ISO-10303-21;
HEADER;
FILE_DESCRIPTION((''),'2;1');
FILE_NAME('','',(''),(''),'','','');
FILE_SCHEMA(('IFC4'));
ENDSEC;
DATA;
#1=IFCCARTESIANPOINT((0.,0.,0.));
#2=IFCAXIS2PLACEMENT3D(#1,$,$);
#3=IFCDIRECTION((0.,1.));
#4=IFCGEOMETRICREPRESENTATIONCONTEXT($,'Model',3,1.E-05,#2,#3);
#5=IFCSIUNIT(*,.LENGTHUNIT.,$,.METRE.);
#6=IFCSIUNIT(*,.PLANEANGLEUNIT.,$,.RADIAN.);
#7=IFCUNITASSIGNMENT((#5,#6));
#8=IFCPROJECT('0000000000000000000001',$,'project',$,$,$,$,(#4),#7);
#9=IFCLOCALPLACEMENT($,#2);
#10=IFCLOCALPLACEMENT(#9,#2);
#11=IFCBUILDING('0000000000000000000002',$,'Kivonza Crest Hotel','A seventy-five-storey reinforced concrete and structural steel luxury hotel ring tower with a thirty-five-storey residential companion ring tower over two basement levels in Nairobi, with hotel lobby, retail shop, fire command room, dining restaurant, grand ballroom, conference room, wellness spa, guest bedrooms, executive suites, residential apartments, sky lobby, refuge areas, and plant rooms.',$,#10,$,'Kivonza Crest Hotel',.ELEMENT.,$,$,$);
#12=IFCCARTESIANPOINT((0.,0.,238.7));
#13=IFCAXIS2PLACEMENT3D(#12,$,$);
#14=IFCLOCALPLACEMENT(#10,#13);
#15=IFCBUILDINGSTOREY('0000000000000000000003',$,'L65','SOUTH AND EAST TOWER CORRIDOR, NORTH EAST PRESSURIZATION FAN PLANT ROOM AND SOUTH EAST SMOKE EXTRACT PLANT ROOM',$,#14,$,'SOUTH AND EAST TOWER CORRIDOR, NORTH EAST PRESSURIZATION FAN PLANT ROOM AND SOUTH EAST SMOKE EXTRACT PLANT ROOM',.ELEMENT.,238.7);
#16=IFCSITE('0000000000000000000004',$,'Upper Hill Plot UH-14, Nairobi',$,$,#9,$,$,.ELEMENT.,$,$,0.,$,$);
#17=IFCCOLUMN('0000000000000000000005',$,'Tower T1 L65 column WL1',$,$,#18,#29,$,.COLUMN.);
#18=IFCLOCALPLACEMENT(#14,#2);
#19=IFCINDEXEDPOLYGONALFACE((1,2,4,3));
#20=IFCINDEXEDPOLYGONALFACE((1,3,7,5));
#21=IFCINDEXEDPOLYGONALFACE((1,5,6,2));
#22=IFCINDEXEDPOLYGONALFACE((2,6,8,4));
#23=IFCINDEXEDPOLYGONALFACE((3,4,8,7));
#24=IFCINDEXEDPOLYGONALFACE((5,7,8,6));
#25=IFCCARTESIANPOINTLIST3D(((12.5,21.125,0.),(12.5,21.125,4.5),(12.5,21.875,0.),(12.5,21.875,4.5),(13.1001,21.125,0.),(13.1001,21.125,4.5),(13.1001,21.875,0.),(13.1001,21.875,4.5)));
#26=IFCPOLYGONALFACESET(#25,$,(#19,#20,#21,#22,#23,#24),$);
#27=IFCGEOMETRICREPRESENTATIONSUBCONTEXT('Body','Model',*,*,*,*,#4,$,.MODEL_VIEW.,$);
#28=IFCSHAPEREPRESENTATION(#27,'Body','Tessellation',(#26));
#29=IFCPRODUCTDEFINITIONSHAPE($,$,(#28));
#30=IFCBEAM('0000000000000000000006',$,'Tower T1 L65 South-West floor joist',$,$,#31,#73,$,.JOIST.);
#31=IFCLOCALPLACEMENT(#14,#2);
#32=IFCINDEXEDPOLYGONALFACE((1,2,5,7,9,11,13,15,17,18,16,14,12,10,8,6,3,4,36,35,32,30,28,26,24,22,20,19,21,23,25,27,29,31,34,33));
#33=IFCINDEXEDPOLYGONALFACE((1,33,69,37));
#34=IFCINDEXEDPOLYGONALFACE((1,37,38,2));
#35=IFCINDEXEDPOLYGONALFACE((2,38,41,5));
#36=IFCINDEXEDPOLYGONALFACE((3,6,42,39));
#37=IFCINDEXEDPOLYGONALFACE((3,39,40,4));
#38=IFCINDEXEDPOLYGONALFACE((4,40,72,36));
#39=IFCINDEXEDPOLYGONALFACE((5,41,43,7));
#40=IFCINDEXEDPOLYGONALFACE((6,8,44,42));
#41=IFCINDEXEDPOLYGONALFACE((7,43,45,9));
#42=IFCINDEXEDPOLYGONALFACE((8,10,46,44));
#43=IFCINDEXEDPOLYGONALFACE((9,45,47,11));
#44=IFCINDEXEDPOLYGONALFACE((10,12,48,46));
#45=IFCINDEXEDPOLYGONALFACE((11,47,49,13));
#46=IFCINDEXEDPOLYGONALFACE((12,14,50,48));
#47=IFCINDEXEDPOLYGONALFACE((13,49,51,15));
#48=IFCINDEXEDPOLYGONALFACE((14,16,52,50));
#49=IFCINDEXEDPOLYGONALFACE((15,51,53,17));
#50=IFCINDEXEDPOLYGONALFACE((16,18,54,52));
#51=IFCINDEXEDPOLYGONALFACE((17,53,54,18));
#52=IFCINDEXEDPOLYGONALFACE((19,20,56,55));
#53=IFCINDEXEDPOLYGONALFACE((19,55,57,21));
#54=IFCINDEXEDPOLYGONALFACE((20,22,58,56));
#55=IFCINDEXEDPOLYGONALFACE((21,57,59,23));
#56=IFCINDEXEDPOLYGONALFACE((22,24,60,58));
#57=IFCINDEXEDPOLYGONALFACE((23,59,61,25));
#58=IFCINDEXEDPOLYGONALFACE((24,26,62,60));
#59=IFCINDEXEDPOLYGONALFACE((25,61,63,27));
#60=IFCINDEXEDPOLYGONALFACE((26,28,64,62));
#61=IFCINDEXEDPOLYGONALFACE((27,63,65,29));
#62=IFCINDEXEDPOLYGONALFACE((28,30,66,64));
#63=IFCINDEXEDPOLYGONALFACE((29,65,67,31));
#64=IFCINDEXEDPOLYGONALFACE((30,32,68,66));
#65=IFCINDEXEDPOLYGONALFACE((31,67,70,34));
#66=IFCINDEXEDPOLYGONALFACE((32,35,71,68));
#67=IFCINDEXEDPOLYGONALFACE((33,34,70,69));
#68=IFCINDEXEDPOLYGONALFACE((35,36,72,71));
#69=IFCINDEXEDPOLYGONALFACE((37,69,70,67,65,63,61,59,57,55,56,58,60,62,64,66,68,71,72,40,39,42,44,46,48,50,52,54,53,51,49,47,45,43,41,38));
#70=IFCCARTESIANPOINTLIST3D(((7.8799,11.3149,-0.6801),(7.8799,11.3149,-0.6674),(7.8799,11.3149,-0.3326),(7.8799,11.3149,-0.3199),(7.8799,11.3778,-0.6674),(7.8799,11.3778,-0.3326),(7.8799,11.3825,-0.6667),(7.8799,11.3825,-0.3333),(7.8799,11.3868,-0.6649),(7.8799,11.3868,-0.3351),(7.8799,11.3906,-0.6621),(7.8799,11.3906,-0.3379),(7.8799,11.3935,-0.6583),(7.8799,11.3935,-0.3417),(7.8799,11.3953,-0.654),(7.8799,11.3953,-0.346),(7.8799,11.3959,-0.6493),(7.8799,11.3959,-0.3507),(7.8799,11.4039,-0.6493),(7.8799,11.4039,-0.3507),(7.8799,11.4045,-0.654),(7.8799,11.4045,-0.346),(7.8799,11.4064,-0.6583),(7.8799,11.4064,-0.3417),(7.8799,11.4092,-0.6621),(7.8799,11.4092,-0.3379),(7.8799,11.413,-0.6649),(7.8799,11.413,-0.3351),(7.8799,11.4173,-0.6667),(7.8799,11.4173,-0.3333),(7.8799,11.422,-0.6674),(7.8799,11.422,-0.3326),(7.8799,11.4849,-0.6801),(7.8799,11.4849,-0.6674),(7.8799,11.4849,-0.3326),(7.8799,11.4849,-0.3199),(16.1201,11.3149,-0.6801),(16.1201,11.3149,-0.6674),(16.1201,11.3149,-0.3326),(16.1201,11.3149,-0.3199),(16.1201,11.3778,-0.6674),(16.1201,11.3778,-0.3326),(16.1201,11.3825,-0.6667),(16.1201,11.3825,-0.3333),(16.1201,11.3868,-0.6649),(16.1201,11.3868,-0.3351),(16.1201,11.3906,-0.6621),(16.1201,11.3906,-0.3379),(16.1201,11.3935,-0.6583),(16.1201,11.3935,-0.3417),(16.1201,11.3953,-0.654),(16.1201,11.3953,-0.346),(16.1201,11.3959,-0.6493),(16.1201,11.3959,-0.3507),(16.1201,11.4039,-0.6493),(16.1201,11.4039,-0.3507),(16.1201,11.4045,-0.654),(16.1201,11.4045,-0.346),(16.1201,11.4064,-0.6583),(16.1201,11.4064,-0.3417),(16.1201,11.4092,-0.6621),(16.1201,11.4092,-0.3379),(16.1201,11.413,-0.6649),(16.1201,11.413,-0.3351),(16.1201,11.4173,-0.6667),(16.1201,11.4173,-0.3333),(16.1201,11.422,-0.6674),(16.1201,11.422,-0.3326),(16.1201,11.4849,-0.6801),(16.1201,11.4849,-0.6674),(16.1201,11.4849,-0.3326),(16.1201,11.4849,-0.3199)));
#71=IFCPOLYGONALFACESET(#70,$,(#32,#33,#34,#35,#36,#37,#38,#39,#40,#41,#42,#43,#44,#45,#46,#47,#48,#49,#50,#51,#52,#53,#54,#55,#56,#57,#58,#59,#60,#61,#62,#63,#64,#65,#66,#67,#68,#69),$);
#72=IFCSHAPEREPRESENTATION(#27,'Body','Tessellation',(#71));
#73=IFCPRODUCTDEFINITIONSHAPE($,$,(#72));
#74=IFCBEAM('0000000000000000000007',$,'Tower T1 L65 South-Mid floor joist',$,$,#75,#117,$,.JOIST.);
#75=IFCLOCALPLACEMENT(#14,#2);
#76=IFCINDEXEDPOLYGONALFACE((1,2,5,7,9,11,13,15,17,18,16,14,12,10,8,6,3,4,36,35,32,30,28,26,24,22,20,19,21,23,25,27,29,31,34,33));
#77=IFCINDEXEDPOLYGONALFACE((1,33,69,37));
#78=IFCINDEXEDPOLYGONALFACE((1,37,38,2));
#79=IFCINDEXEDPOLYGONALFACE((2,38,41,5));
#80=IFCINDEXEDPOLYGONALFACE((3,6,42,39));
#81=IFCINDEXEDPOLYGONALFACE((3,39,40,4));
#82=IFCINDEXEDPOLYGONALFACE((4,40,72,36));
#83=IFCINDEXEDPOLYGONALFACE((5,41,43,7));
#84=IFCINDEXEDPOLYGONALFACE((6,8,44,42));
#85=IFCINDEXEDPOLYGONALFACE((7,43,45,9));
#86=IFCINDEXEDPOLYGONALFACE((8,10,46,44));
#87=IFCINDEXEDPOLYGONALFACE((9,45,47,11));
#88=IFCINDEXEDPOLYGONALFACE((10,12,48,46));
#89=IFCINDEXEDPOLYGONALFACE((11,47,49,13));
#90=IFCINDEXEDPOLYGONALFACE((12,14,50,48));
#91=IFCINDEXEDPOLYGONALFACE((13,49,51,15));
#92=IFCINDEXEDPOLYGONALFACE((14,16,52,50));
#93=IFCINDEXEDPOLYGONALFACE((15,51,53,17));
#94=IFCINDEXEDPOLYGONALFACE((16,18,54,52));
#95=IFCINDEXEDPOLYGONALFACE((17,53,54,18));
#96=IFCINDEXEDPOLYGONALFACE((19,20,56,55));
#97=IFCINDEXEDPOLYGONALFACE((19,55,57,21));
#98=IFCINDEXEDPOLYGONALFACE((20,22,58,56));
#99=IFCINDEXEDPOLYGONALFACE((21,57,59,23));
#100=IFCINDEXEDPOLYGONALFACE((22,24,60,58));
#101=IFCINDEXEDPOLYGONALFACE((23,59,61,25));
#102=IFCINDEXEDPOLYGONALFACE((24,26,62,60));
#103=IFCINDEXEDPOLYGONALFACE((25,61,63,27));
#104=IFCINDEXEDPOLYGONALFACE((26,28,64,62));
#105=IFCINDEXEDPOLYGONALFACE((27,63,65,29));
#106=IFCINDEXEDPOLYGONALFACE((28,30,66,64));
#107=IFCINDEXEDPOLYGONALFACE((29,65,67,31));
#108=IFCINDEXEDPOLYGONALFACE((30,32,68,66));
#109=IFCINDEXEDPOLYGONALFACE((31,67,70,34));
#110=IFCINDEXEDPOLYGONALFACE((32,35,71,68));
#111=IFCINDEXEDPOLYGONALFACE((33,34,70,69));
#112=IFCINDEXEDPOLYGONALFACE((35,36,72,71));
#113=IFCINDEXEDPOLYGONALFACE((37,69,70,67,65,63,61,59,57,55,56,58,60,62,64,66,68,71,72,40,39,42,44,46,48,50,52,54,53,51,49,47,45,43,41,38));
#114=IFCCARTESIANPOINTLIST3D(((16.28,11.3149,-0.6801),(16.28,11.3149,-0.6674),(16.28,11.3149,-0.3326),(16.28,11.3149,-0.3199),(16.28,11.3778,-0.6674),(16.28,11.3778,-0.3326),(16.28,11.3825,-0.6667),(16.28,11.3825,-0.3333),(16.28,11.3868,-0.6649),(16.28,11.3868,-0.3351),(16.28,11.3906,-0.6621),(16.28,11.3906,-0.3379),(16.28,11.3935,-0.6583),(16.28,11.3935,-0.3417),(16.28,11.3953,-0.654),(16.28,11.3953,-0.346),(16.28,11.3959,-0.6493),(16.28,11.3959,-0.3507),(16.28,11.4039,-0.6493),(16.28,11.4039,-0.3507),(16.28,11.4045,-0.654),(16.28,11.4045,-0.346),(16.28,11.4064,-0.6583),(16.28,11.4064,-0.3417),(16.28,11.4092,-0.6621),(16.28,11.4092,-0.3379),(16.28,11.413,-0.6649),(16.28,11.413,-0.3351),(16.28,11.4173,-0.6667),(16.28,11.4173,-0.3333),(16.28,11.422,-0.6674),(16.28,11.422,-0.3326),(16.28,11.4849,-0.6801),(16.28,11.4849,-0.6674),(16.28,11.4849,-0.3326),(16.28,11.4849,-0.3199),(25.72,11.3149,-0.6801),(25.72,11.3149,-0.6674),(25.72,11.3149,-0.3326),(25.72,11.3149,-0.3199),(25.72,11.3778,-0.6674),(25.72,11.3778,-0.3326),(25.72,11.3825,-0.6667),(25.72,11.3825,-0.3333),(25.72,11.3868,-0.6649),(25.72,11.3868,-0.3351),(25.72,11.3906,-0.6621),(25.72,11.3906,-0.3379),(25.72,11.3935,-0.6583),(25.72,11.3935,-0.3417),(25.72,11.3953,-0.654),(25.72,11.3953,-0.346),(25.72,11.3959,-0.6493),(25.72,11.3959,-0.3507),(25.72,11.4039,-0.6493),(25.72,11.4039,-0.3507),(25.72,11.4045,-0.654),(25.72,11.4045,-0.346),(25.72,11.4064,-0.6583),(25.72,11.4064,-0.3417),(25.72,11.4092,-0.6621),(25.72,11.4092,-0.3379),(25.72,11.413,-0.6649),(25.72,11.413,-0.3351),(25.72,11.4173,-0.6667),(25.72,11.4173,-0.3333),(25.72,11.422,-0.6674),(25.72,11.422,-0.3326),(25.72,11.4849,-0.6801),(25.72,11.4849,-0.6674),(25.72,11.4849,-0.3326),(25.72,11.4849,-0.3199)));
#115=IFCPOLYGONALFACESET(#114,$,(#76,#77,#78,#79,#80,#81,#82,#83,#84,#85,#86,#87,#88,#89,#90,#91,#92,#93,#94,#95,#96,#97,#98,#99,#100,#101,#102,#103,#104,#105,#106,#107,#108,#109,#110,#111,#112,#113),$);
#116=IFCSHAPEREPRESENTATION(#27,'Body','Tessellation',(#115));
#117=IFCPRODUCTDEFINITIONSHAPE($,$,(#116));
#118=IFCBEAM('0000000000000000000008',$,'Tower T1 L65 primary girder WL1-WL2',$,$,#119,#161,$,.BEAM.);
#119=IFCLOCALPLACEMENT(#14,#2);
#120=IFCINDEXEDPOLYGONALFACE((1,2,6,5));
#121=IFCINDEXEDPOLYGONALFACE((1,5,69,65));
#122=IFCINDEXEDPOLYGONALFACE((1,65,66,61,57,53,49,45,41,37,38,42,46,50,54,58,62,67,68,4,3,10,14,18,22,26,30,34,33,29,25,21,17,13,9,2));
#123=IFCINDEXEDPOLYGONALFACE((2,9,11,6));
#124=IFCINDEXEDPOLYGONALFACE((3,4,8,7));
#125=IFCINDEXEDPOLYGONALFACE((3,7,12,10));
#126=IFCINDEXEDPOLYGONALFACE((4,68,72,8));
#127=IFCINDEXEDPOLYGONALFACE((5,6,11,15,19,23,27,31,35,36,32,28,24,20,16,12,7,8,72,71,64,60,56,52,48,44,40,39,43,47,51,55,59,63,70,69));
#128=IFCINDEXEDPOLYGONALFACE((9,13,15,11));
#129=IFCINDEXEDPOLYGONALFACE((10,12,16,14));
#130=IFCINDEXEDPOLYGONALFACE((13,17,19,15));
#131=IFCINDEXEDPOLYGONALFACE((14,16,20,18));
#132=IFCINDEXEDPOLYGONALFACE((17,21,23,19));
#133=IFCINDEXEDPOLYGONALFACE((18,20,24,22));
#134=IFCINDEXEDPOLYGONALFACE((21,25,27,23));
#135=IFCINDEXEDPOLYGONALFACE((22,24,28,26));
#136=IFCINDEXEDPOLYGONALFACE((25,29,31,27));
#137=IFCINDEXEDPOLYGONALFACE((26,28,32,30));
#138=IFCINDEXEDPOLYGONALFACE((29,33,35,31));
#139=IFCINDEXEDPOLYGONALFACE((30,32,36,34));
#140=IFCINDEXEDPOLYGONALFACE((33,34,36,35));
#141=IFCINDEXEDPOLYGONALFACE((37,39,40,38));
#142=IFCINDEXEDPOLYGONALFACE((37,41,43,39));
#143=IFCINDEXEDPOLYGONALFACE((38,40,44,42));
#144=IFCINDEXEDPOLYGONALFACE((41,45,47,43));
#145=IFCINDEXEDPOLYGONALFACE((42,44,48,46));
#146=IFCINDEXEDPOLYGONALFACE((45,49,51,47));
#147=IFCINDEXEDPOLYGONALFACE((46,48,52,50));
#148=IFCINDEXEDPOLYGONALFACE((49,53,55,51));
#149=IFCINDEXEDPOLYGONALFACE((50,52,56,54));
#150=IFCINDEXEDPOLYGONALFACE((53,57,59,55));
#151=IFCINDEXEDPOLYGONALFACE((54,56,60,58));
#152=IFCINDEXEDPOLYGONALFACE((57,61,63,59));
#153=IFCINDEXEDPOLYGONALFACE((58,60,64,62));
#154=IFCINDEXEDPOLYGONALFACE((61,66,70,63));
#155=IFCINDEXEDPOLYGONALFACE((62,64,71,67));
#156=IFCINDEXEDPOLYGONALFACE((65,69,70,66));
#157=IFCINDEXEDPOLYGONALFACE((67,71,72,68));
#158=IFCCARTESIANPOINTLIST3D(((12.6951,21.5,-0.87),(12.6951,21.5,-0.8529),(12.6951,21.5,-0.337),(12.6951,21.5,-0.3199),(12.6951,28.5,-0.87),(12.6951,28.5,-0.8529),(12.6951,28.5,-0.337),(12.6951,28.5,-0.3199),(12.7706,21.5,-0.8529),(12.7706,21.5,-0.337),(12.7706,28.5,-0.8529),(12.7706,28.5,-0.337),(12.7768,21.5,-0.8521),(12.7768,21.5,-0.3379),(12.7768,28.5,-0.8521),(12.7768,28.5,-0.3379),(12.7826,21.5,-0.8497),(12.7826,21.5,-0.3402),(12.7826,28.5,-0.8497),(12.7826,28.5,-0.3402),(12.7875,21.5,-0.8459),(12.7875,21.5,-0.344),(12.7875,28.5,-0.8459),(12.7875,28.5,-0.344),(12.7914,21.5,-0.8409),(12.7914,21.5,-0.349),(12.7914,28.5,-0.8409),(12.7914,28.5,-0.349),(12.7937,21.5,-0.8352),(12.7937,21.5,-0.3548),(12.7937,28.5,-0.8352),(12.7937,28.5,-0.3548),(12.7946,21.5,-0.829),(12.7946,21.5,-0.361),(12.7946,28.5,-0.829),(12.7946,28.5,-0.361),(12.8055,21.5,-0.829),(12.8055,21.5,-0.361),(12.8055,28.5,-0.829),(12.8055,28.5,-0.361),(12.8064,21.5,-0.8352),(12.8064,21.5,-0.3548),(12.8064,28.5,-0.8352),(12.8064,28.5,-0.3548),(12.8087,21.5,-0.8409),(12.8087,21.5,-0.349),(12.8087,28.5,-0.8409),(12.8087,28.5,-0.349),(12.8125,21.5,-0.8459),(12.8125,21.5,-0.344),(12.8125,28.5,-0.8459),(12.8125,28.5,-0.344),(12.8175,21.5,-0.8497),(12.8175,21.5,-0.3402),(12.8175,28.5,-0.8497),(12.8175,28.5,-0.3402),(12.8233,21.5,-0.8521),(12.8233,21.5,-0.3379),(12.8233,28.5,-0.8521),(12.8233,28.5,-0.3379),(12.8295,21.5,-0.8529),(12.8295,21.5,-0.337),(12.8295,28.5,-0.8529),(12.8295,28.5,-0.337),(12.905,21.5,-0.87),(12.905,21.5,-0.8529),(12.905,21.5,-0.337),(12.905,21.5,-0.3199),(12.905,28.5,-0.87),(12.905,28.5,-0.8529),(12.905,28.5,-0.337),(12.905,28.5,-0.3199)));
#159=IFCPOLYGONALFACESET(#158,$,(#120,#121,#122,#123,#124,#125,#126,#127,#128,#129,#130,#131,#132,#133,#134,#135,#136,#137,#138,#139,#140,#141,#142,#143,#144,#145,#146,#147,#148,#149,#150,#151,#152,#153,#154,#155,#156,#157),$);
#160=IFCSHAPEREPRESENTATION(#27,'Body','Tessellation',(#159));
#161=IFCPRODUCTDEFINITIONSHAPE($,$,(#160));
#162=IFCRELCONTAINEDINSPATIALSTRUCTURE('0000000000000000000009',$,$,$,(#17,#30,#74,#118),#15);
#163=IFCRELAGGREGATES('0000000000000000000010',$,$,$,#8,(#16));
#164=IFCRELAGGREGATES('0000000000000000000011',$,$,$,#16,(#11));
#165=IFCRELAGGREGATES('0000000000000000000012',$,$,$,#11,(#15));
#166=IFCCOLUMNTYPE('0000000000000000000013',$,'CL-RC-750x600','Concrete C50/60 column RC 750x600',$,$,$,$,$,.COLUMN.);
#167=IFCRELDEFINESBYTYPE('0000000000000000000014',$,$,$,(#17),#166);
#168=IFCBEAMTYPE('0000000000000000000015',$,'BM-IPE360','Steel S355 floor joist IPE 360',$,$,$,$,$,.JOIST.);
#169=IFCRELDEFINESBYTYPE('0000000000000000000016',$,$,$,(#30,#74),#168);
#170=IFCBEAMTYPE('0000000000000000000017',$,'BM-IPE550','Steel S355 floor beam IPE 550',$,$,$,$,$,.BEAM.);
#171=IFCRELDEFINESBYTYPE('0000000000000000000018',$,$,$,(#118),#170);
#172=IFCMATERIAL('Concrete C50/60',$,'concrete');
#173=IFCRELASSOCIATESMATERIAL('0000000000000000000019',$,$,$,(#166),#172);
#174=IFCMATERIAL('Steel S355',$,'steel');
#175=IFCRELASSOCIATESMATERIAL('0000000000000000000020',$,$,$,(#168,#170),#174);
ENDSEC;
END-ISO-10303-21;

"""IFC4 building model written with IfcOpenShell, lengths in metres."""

from ifc_helpers import new_model, si_unit, direction, frame, origin, origin_2d, place, context, subcontext, project, spatial, rectangle, i_section, extrude, material, material_profile, profile_set, type_object, element, save


model = new_model("IFC4")

# Units and contexts
model_context = context("Model", 3, precision=1e-05, world=origin(), true_north=direction((0.0, 1.0)))
body_context = subcontext(model_context, "Body", "Model", "MODEL_VIEW")
ifc_project = project(units=[si_unit("LENGTHUNIT", "METRE"), si_unit("PLANEANGLEUNIT", "RADIAN")], contexts=[model_context])

# Site, building, storey
site_placement = place(None, origin())
site = spatial("IfcSite", under=ifc_project, at=site_placement, Name="Upper Hill Plot UH-14, Nairobi", CompositionType="ELEMENT", RefElevation=0.0)
building_placement = place(site_placement, origin())
building = spatial("IfcBuilding", under=site, at=building_placement, Name="Kivonza Crest Hotel", Description="A seventy-five-storey reinforced concrete and structural steel luxury hotel ring tower with a thirty-five-storey residential companion ring tower over two basement levels in Nairobi, with hotel lobby, retail shop, fire command room, dining restaurant, grand ballroom, conference room, wellness spa, guest bedrooms, executive suites, residential apartments, sky lobby, refuge areas, and plant rooms.", LongName="Kivonza Crest Hotel", CompositionType="ELEMENT")
storey_placement = place(building_placement, frame((0.0, 0.0, 238.7)))
storey = spatial("IfcBuildingStorey", under=building, at=storey_placement, Name="L65", Description="SOUTH AND EAST TOWER CORRIDOR, NORTH EAST PRESSURIZATION FAN PLANT ROOM AND SOUTH EAST SMOKE EXTRACT PLANT ROOM", LongName="SOUTH AND EAST TOWER CORRIDOR, NORTH EAST PRESSURIZATION FAN PLANT ROOM AND SOUTH EAST SMOKE EXTRACT PLANT ROOM", CompositionType="ELEMENT", Elevation=238.7)

# Column
ifc_material_1 = material(Name="Concrete C50/60", Category="concrete")
ifc_material_profile_1 = material_profile(ifc_material_1, rectangle(XDim=0.6001, YDim=0.75, at=origin_2d()), Name="RC 750x600")
ifc_profile_set_1 = profile_set([ifc_material_profile_1], Name="Concrete C50/60")
column_type = type_object("IfcColumnType", Name="CL-RC-750x600", Description="Concrete C50/60 column RC 750x600", PredefinedType="COLUMN", material=ifc_profile_set_1)
column_placement = place(storey_placement, frame((12.8, 21.5, 0.0), z_axis=(0.0, 0.0, 1.0), x_axis=(1.0, 0.0, 0.0)))
element("IfcColumn", 1, at=column_placement, inside=storey, type_object=column_type, Name="Tower T1 L65 column WL1", PredefinedType="COLUMN", context=body_context, shape_type="SweptSolid", body=[
    extrude(rectangle(XDim=0.6001, YDim=0.75, at=origin_2d()), origin(), (0.0, 0.0, 1.0), 4.5),
])

# Beams
ifc_material_2 = material(Name="Steel S355", Category="steel")
ifc_material_profile_2 = material_profile(ifc_material_2, i_section(OverallWidth=0.1699, OverallDepth=0.3601, WebThickness=0.0081, FlangeThickness=0.0127, FilletRadius=0.0181, at=origin_2d()), Name="IPE 360")
ifc_profile_set_2 = profile_set([ifc_material_profile_2], Name="Steel S355")
beam_type_1 = type_object("IfcBeamType", Name="BM-IPE360", Description="Steel S355 floor joist IPE 360", PredefinedType="JOIST", material=ifc_profile_set_2)
beam_1_placement = place(storey_placement, frame((7.8799, 11.3999, -0.5), z_axis=(1.0, 0.0, 0.0), x_axis=(0.0, 1.0, 0.0)))
element("IfcBeam", 2, at=beam_1_placement, inside=storey, type_object=beam_type_1, Name="Tower T1 L65 South-West floor joist", PredefinedType="JOIST", context=body_context, shape_type="SweptSolid", body=[
    extrude(i_section(OverallWidth=0.1699, OverallDepth=0.3601, WebThickness=0.0081, FlangeThickness=0.0127, FilletRadius=0.0181, at=origin_2d()), origin(), (0.0, 0.0, 1.0), 8.2402),
])
beam_2_placement = place(storey_placement, frame((16.28, 11.3999, -0.5), z_axis=(1.0, 0.0, 0.0), x_axis=(0.0, 1.0, 0.0)))
element("IfcBeam", 3, at=beam_2_placement, inside=storey, type_object=beam_type_1, Name="Tower T1 L65 South-Mid floor joist", PredefinedType="JOIST", context=body_context, shape_type="SweptSolid", body=[
    extrude(i_section(OverallWidth=0.1699, OverallDepth=0.3601, WebThickness=0.0081, FlangeThickness=0.0127, FilletRadius=0.0181, at=origin_2d()), origin(), (0.0, 0.0, 1.0), 9.4399),
])
ifc_material_profile_3 = material_profile(ifc_material_2, i_section(OverallWidth=0.21, OverallDepth=0.55, WebThickness=0.011, FlangeThickness=0.0171, FilletRadius=0.0239, at=origin_2d()), Name="IPE 550")
ifc_profile_set_3 = profile_set([ifc_material_profile_3], Name="Steel S355")
beam_type_2 = type_object("IfcBeamType", Name="BM-IPE550", Description="Steel S355 floor beam IPE 550", PredefinedType="BEAM", material=ifc_profile_set_3)
beam_3_placement = place(storey_placement, frame((12.8, 21.5, -0.595), z_axis=(0.0, 1.0, 0.0), x_axis=(-1.0, 0.0, 0.0)))
element("IfcBeam", 4, at=beam_3_placement, inside=storey, type_object=beam_type_2, Name="Tower T1 L65 primary girder WL1-WL2", PredefinedType="BEAM", context=body_context, shape_type="SweptSolid", body=[
    extrude(i_section(OverallWidth=0.21, OverallDepth=0.55, WebThickness=0.011, FlangeThickness=0.0171, FilletRadius=0.0239, at=origin_2d()), origin(), (0.0, 0.0, 1.0), 7.0),
])

save(model, "model.ifc")
